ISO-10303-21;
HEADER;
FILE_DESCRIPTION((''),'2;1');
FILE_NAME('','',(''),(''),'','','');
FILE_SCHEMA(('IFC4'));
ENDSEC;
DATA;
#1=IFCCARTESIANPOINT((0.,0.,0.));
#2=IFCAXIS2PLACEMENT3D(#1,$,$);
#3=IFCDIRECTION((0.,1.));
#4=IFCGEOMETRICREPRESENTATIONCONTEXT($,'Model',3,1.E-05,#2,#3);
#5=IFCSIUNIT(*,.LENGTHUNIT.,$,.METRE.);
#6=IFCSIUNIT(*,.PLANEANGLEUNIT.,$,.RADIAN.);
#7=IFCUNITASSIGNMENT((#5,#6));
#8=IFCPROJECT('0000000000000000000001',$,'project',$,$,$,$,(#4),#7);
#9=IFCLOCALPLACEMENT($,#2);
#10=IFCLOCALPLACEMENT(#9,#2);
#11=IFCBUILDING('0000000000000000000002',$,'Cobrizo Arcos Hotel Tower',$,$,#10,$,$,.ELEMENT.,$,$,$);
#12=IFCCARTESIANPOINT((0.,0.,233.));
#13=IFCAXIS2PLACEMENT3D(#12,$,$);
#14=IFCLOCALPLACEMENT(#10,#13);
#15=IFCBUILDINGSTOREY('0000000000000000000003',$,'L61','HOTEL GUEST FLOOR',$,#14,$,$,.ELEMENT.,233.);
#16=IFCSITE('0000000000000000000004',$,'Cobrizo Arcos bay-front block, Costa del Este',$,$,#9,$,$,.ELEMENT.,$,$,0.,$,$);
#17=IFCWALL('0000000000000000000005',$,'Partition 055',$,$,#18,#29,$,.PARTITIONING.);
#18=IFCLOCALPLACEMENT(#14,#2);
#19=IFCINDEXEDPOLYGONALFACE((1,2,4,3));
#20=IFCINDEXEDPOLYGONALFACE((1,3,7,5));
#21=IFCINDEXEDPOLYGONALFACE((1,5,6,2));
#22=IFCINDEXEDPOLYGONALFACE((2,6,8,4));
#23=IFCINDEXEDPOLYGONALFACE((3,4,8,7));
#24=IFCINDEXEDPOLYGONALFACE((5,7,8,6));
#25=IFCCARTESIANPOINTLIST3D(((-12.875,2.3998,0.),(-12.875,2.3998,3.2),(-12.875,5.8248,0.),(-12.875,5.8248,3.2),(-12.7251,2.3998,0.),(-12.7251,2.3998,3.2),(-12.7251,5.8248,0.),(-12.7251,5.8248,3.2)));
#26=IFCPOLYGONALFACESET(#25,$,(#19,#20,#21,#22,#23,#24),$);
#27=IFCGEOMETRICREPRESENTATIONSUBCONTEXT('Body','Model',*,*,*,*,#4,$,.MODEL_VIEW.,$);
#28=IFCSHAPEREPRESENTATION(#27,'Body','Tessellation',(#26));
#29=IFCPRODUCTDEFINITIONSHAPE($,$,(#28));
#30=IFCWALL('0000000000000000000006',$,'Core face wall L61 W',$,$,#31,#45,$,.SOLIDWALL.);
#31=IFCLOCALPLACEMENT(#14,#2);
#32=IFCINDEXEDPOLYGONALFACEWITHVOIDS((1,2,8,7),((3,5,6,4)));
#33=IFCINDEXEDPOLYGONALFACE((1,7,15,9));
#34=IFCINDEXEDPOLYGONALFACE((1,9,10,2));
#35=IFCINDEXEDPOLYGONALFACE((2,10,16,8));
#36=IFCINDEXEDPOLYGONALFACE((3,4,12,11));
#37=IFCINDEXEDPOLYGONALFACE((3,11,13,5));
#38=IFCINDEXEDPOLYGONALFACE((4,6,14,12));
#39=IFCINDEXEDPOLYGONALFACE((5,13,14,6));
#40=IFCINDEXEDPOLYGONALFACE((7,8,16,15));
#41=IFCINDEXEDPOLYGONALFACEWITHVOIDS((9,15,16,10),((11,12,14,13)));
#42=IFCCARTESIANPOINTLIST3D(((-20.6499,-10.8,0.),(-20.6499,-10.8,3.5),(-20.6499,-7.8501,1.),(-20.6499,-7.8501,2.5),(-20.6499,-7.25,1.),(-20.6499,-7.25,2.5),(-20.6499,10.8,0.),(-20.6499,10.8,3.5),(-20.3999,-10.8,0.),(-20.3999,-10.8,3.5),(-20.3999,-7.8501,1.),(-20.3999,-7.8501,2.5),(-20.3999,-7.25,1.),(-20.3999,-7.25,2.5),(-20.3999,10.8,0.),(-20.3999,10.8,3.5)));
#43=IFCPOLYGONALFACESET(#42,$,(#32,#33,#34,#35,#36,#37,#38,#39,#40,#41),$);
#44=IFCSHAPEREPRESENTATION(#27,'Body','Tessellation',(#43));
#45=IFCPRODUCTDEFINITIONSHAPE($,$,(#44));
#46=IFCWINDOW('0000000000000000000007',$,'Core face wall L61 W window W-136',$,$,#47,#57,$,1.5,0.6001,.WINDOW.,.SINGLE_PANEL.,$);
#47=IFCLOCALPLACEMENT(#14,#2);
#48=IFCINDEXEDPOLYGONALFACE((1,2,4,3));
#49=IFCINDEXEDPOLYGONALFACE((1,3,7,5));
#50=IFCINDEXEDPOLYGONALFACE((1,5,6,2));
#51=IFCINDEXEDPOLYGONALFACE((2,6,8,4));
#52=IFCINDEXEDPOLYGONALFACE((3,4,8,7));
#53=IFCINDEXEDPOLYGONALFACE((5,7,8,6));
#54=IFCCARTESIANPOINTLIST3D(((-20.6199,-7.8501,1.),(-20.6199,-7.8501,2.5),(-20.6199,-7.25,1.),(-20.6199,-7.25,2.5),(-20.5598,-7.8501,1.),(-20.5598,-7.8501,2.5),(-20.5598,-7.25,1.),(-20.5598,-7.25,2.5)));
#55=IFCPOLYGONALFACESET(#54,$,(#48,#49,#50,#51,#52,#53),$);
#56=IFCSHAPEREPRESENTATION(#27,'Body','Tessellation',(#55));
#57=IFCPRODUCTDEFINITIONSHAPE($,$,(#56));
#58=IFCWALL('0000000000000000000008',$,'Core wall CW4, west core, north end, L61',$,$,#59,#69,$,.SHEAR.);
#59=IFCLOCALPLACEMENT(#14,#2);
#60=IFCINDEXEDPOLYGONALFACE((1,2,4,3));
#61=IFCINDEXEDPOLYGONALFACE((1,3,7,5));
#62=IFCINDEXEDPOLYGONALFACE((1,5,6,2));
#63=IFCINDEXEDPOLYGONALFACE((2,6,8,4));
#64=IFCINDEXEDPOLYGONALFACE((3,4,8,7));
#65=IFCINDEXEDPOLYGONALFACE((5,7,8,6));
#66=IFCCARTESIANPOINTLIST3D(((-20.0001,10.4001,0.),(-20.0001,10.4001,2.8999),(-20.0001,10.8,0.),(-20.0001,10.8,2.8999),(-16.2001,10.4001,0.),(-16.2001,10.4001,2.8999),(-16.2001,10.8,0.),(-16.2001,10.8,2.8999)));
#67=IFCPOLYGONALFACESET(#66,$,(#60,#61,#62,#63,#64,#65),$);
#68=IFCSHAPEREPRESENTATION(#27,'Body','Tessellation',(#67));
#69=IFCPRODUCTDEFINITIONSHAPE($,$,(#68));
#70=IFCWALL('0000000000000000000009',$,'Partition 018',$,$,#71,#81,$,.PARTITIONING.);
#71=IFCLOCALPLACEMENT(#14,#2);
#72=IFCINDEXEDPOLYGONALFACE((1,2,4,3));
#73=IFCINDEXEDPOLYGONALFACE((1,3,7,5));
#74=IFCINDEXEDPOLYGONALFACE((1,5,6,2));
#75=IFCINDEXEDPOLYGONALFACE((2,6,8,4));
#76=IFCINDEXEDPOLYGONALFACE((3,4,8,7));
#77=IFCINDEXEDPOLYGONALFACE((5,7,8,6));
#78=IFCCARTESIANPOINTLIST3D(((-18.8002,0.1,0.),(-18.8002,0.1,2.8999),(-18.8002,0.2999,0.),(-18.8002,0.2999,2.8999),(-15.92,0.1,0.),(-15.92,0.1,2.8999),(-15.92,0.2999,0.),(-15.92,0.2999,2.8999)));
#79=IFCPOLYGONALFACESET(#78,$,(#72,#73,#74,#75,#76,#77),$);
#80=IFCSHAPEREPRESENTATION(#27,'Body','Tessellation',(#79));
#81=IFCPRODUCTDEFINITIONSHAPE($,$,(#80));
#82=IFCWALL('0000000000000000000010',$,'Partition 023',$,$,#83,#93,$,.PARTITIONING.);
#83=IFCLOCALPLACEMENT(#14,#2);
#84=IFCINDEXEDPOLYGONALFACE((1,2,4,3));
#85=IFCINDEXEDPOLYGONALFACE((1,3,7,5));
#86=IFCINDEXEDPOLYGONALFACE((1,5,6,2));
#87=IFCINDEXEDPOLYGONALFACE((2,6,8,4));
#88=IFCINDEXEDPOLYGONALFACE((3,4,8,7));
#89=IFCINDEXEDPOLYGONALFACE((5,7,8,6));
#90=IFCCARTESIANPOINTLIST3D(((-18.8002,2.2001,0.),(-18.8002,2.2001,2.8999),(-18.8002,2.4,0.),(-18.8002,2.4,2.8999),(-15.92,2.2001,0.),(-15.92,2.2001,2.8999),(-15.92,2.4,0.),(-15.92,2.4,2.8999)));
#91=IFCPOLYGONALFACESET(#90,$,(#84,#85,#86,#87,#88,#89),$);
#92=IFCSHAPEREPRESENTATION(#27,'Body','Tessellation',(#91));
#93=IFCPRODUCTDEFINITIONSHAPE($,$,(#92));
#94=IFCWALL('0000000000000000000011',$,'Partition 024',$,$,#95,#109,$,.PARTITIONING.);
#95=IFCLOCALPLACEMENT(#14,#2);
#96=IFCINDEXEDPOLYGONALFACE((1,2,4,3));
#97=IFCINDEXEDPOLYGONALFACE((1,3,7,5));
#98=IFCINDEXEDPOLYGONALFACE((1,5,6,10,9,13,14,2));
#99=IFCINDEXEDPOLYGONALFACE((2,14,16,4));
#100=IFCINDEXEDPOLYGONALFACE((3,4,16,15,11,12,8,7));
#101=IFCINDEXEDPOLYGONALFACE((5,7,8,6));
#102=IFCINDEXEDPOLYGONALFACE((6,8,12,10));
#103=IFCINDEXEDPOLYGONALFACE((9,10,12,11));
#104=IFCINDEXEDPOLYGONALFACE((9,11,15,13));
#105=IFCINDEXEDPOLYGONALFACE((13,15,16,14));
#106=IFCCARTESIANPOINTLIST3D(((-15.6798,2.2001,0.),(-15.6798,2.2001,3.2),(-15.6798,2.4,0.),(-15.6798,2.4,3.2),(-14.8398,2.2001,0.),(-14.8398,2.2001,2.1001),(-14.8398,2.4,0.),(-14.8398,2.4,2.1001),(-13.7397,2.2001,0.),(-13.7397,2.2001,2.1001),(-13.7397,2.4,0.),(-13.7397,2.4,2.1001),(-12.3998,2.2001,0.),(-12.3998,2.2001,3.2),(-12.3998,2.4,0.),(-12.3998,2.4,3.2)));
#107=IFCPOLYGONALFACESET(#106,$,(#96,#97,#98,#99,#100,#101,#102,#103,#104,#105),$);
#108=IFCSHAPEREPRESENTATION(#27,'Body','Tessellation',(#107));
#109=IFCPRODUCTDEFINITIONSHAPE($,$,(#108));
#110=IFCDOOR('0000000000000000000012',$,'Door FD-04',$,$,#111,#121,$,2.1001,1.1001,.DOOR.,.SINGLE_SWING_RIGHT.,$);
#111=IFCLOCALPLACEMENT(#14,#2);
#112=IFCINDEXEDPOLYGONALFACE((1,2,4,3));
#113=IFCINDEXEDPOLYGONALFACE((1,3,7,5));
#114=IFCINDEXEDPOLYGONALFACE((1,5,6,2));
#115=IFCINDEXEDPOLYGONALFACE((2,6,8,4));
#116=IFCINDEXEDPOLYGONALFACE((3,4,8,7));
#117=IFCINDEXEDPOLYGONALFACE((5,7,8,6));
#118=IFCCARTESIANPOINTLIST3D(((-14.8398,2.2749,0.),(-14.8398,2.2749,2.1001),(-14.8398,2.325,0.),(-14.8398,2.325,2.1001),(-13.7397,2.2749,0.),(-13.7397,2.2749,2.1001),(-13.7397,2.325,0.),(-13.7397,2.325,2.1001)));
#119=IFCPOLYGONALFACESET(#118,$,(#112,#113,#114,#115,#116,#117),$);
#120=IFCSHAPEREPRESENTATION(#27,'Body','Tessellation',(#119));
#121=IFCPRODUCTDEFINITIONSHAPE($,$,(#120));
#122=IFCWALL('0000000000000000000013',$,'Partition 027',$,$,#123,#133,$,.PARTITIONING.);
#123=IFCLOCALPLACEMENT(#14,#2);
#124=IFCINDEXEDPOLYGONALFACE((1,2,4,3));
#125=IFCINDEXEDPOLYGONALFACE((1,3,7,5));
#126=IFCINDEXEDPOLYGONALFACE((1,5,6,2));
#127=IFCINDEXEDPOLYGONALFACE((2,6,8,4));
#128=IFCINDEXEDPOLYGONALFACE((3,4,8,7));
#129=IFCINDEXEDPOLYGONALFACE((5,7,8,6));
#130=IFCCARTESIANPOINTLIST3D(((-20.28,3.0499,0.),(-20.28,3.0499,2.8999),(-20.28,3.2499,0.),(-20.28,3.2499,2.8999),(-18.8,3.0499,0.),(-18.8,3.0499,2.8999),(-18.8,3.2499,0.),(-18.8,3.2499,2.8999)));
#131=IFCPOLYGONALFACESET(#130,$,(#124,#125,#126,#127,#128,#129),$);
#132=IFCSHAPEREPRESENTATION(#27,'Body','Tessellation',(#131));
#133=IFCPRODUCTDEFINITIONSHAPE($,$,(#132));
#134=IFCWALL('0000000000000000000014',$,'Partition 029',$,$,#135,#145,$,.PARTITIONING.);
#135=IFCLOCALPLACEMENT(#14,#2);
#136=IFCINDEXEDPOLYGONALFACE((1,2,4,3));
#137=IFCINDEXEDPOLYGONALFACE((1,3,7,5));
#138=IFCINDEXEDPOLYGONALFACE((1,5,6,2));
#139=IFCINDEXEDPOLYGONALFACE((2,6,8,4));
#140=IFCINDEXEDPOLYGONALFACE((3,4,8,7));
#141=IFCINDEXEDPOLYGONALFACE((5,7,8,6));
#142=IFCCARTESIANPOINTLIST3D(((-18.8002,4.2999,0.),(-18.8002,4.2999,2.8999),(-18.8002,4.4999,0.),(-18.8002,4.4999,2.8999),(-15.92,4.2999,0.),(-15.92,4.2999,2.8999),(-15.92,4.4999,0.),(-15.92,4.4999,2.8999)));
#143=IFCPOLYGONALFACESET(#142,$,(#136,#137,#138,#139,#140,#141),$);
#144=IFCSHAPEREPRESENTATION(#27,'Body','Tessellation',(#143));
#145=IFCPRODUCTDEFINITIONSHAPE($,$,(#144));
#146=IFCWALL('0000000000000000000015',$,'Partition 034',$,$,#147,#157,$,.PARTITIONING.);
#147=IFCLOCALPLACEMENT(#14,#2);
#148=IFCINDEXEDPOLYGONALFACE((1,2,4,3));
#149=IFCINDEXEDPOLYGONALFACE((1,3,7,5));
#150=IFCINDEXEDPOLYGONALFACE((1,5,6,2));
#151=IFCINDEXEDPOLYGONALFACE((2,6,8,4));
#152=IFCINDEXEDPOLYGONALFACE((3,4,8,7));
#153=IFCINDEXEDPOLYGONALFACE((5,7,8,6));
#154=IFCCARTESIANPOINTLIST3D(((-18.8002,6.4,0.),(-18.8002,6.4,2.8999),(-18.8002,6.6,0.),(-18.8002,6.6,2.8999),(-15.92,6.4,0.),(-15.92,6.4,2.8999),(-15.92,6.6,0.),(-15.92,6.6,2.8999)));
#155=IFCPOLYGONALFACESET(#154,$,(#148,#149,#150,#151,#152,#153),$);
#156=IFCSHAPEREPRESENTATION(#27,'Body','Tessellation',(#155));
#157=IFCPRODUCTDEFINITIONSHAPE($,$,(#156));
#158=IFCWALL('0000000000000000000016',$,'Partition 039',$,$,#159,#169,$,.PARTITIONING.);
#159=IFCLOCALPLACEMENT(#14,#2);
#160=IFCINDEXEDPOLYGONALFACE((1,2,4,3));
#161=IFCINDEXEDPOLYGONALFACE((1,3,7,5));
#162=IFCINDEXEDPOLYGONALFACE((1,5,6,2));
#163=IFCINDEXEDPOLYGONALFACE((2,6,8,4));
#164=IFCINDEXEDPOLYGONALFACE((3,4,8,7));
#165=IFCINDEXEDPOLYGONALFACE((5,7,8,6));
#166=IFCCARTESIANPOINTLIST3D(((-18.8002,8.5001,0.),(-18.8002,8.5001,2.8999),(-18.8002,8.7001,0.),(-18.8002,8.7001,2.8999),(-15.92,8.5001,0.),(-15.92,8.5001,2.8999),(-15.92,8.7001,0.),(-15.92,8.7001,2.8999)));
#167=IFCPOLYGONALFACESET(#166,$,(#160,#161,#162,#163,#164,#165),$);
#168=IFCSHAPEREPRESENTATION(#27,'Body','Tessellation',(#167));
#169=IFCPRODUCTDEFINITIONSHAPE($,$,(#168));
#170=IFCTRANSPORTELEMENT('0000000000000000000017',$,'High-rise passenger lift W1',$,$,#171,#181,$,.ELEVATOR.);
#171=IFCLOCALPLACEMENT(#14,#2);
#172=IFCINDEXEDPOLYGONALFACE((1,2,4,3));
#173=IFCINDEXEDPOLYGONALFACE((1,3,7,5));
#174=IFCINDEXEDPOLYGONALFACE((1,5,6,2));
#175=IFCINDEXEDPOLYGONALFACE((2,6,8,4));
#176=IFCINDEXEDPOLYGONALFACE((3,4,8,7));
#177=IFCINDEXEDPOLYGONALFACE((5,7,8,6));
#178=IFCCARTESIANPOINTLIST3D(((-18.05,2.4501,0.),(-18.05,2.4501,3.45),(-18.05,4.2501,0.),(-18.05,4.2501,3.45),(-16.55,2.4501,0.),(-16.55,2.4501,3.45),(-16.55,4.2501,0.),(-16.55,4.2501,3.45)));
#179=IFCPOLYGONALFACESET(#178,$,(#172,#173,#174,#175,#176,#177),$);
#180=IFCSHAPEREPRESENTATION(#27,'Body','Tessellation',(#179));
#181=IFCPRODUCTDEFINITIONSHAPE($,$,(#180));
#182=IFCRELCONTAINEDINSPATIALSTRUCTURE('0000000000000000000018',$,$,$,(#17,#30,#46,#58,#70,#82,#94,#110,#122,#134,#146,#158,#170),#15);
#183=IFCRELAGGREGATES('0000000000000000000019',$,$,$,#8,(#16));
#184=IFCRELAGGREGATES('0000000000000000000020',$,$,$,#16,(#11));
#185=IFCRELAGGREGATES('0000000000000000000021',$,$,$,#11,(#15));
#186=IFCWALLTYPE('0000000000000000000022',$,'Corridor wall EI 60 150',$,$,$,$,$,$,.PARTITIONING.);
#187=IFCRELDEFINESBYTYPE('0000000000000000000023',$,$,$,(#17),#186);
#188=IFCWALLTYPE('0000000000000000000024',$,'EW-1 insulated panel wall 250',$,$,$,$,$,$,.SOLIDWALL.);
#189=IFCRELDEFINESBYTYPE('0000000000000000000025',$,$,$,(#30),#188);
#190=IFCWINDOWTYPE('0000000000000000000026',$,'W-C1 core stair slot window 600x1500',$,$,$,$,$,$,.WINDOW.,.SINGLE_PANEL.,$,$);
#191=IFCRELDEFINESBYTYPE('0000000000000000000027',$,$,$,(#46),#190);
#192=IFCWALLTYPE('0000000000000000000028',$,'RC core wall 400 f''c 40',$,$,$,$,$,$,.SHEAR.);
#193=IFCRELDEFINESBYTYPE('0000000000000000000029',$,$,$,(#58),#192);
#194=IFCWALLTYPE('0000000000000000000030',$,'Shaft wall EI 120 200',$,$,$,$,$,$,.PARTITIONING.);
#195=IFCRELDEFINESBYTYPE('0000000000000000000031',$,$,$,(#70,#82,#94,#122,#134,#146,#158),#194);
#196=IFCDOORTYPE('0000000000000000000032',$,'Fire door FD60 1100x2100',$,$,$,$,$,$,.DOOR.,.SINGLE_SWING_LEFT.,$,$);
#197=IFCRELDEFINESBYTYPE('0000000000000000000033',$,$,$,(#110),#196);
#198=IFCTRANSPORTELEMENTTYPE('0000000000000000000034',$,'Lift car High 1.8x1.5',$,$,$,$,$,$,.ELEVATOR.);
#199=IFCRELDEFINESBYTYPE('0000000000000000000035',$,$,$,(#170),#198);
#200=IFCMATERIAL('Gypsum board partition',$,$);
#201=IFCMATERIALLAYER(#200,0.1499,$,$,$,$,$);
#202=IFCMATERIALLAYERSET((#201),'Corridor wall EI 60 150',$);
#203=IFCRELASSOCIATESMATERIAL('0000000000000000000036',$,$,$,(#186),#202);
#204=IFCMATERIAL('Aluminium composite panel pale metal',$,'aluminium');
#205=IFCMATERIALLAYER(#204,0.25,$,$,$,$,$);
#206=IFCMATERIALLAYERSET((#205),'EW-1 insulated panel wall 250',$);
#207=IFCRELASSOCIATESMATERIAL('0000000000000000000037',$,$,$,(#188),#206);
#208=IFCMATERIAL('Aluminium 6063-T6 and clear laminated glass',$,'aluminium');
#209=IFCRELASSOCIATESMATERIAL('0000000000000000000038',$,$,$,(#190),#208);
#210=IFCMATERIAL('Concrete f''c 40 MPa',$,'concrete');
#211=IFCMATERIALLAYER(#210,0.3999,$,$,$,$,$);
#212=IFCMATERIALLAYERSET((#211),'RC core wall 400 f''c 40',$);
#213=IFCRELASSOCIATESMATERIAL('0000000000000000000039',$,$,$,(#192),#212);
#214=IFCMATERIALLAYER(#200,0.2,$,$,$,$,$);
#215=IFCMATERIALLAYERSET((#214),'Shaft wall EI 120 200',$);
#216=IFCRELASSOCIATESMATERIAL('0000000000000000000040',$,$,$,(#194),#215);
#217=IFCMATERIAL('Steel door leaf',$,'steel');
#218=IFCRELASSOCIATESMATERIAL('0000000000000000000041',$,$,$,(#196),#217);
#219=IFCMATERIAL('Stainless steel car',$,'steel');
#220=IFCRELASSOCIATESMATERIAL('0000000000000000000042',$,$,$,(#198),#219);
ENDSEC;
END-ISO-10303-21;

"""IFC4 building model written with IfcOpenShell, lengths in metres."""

from ifc_helpers import new_model, si_unit, direction, frame, frame_2d, origin, origin_2d, place, context, subcontext, project, spatial, rectangle, extrude, material, layer, layer_set, type_object, element, fill, save


model = new_model("IFC4")

# Units and contexts
model_context = context("Model", 3, precision=1e-05, world=origin(), true_north=direction((0.0, 1.0)))
body_context = subcontext(model_context, "Body", "Model", "MODEL_VIEW")
ifc_project = project(units=[si_unit("LENGTHUNIT", "METRE"), si_unit("PLANEANGLEUNIT", "RADIAN")], contexts=[model_context])

# Site, building, storey
site_placement = place(None, origin())
site = spatial("IfcSite", under=ifc_project, at=site_placement, Name="Cobrizo Arcos bay-front block, Costa del Este", CompositionType="ELEMENT", RefElevation=0.0)
building_placement = place(site_placement, origin())
building = spatial("IfcBuilding", under=site, at=building_placement, Name="Cobrizo Arcos Hotel Tower", CompositionType="ELEMENT")
storey_placement = place(building_placement, frame((0.0, 0.0, 233.0)))
storey = spatial("IfcBuildingStorey", under=building, at=storey_placement, Name="L61", Description="HOTEL GUEST FLOOR", CompositionType="ELEMENT", Elevation=233.0)

# Shared definitions
ifc_material_1 = material(Name="Gypsum board partition")
ifc_layer_1 = layer(ifc_material_1, 0.1499)
ifc_layer_set_1 = layer_set([ifc_layer_1], Name="Corridor wall EI 60 150")
wall_type_1 = type_object("IfcWallType", Name="Corridor wall EI 60 150", PredefinedType="PARTITIONING", material=ifc_layer_set_1)

# Wall
wall_1_placement = place(storey_placement, frame((-12.8, 2.3999, 0.0), z_axis=(0.0, 0.0, 1.0), x_axis=(0.0, 1.0, 0.0)))
element("IfcWall", 1, at=wall_1_placement, inside=storey, type_object=wall_type_1, Name="Partition 055", PredefinedType="PARTITIONING", context=body_context, shape_type="SweptSolid", body=[
    extrude(rectangle(XDim=3.425, YDim=0.1499, at=frame_2d((1.7124, 0.0))), origin(), (0.0, 0.0, 1.0), 3.2),
])

# Wall, opening, window
ifc_material_2 = material(Name="Aluminium composite panel pale metal", Category="aluminium")
ifc_layer_2 = layer(ifc_material_2, 0.25)
ifc_layer_set_2 = layer_set([ifc_layer_2], Name="EW-1 insulated panel wall 250")
wall_type_2 = type_object("IfcWallType", Name="EW-1 insulated panel wall 250", PredefinedType="SOLIDWALL", material=ifc_layer_set_2)
wall_2_placement = place(storey_placement, frame((-20.5249, 10.8, 0.0), z_axis=(0.0, 0.0, 1.0), x_axis=(0.0, -1.0, 0.0)))
wall_2 = element("IfcWall", 2, at=wall_2_placement, inside=storey, type_object=wall_type_2, Name="Core face wall L61 W", PredefinedType="SOLIDWALL", context=body_context, shape_type="SweptSolid", body=[
    extrude(rectangle(XDim=21.6001, YDim=0.25, at=frame_2d((10.8, 0.0))), origin(), (0.0, 0.0, 1.0), 3.5),
])
opening_1_placement = place(wall_2_placement, frame((18.05, 0.0, 1.0)))
opening_1 = element("IfcOpeningElement", 3, at=opening_1_placement, cuts=wall_2, PredefinedType="OPENING", context=body_context, shape_type="SweptSolid", body=[
    extrude(rectangle(XDim=0.6001, YDim=1.5, at=frame_2d((0.3, 0.75))), frame((0.0, 0.137, 0.0), z_axis=(0.0, -1.0, 0.0), x_axis=(1.0, 0.0, 0.0)), (0.0, 0.0, 1.0), 0.2739),
])
ifc_material_3 = material(Name="Aluminium 6063-T6 and clear laminated glass", Category="aluminium")
window_type = type_object("IfcWindowType", Name="W-C1 core stair slot window 600x1500", PartitioningType="SINGLE_PANEL", PredefinedType="WINDOW", material=ifc_material_3)
window_placement = place(opening_1_placement, origin())
window = element("IfcWindow", 4, at=window_placement, inside=storey, type_object=window_type, Name="Core face wall L61 W window W-136", OverallHeight=1.5, OverallWidth=0.6001, PartitioningType="SINGLE_PANEL", PredefinedType="WINDOW", context=body_context, shape_type="SweptSolid", body=[
    extrude(rectangle(XDim=0.6001, YDim=1.5, at=frame_2d((0.3, 0.75))), frame((0.0, -0.0349, 0.0), z_axis=(0.0, -1.0, 0.0), x_axis=(1.0, 0.0, 0.0)), (0.0, 0.0, 1.0), 0.0601),
])
fill(opening_1, window)

# Walls
ifc_material_4 = material(Name="Concrete f'c 40 MPa", Category="concrete")
ifc_layer_3 = layer(ifc_material_4, 0.3999)
ifc_layer_set_3 = layer_set([ifc_layer_3], Name="RC core wall 400 f'c 40")
wall_type_3 = type_object("IfcWallType", Name="RC core wall 400 f'c 40", PredefinedType="SHEAR", material=ifc_layer_set_3)
wall_3_placement = place(storey_placement, frame((-20.0, 10.6001, 0.0), z_axis=(0.0, 0.0, 1.0), x_axis=(1.0, 0.0, 0.0)))
element("IfcWall", 5, at=wall_3_placement, inside=storey, type_object=wall_type_3, Name="Core wall CW4, west core, north end, L61", PredefinedType="SHEAR", context=body_context, shape_type="SweptSolid", body=[
    extrude(rectangle(XDim=3.8, YDim=0.3999, at=frame_2d((1.8999, 0.0))), origin(), (0.0, 0.0, 1.0), 2.8999),
])
ifc_layer_4 = layer(ifc_material_1, 0.2)
ifc_layer_set_4 = layer_set([ifc_layer_4], Name="Shaft wall EI 120 200")
wall_type_4 = type_object("IfcWallType", Name="Shaft wall EI 120 200", PredefinedType="PARTITIONING", material=ifc_layer_set_4)
for number, where, z_axis, x_axis, name in (
    (6, (-18.8, 0.2, 0.0), (0.0, 0.0, 1.0), (1.0, 0.0, 0.0), "Partition 018"),
    (7, (-18.8, 2.3, 0.0), (0.0, 0.0, 1.0), (1.0, 0.0, 0.0), "Partition 023"),
):
    element("IfcWall", number, at=place(storey_placement, frame(where, z_axis=z_axis, x_axis=x_axis)), inside=storey, type_object=wall_type_4, Name=name, PredefinedType="PARTITIONING", context=body_context, shape_type="SweptSolid", body=[
        extrude(rectangle(XDim=2.8801, YDim=0.2, at=frame_2d((1.4399, 0.0))), origin(), (0.0, 0.0, 1.0), 2.8999),
    ])

# Wall, opening, door
wall_4_placement = place(storey_placement, frame((-15.6799, 2.3, 0.0), z_axis=(0.0, 0.0, 1.0), x_axis=(1.0, 0.0, 0.0)))
wall_4 = element("IfcWall", 8, at=wall_4_placement, inside=storey, type_object=wall_type_4, Name="Partition 024", PredefinedType="PARTITIONING", context=body_context, shape_type="SweptSolid", body=[
    extrude(rectangle(XDim=3.28, YDim=0.2, at=frame_2d((1.6401, 0.0))), origin(), (0.0, 0.0, 1.0), 3.2),
])
opening_2_placement = place(wall_4_placement, frame((0.8401, 0.0, 0.0)))
opening_2 = element("IfcOpeningElement", 9, at=opening_2_placement, cuts=wall_4, PredefinedType="OPENING", context=body_context, shape_type="SweptSolid", body=[
    extrude(rectangle(XDim=1.1001, YDim=2.1001, at=frame_2d((0.55, 1.05))), frame((0.0, 0.1121, 0.0), z_axis=(0.0, -1.0, 0.0), x_axis=(1.0, 0.0, 0.0)), (0.0, 0.0, 1.0), 0.2239),
])
ifc_material_5 = material(Name="Steel door leaf", Category="steel")
door_type_1 = type_object("IfcDoorType", Name="Fire door FD60 1100x2100", OperationType="SINGLE_SWING_LEFT", PredefinedType="DOOR", material=ifc_material_5)
door_1_placement = place(opening_2_placement, origin())
door_1 = element("IfcDoor", 10, at=door_1_placement, inside=storey, type_object=door_type_1, Name="Door FD-04", OperationType="SINGLE_SWING_RIGHT", OverallHeight=2.1001, OverallWidth=1.1001, PredefinedType="DOOR", context=body_context, shape_type="SweptSolid", body=[
    extrude(rectangle(XDim=1.1001, YDim=2.1001, at=frame_2d((0.55, 1.05))), frame((0.0, 0.0249, 0.0), z_axis=(0.0, -1.0, 0.0), x_axis=(1.0, 0.0, 0.0)), (0.0, 0.0, 1.0), 0.05),
])
fill(opening_2, door_1)

# Walls
wall_5_placement = place(storey_placement, frame((-20.28, 3.1499, 0.0), z_axis=(0.0, 0.0, 1.0), x_axis=(1.0, 0.0, 0.0)))
element("IfcWall", 11, at=wall_5_placement, inside=storey, type_object=wall_type_4, Name="Partition 027", PredefinedType="PARTITIONING", context=body_context, shape_type="SweptSolid", body=[
    extrude(rectangle(XDim=1.48, YDim=0.2, at=frame_2d((0.74, 0.0))), origin(), (0.0, 0.0, 1.0), 2.8999),
])
for number, where, z_axis, x_axis, name in (
    (12, (-18.8, 4.3999, 0.0), (0.0, 0.0, 1.0), (1.0, 0.0, 0.0), "Partition 029"),
    (13, (-18.8, 6.5, 0.0), (0.0, 0.0, 1.0), (1.0, 0.0, 0.0), "Partition 034"),
    (14, (-18.8, 8.6001, 0.0), (0.0, 0.0, 1.0), (1.0, 0.0, 0.0), "Partition 039"),
):
    element("IfcWall", number, at=place(storey_placement, frame(where, z_axis=z_axis, x_axis=x_axis)), inside=storey, type_object=wall_type_4, Name=name, PredefinedType="PARTITIONING", context=body_context, shape_type="SweptSolid", body=[
        extrude(rectangle(XDim=2.8801, YDim=0.2, at=frame_2d((1.4399, 0.0))), origin(), (0.0, 0.0, 1.0), 2.8999),
    ])

# Transport element
ifc_material_6 = material(Name="Stainless steel car", Category="steel")
transport_element_type = type_object("IfcTransportElementType", Name="Lift car High 1.8x1.5", PredefinedType="ELEVATOR", material=ifc_material_6)
for number, where, z_axis, x_axis, name in (
    (15, (-17.3, 3.3501, 0.0), (0.0, 0.0, 1.0), (1.0, 0.0, 0.0), "High-rise passenger lift W1"),
):
    element("IfcTransportElement", number, at=place(storey_placement, frame(where, z_axis=z_axis, x_axis=x_axis)), inside=storey, type_object=transport_element_type, Name=name, PredefinedType="ELEVATOR", context=body_context, shape_type="SweptSolid", body=[
        extrude(rectangle(XDim=1.5, YDim=1.8, at=origin_2d()), origin(), (0.0, 0.0, 1.0), 3.45),
    ])

save(model, "model.ifc")
